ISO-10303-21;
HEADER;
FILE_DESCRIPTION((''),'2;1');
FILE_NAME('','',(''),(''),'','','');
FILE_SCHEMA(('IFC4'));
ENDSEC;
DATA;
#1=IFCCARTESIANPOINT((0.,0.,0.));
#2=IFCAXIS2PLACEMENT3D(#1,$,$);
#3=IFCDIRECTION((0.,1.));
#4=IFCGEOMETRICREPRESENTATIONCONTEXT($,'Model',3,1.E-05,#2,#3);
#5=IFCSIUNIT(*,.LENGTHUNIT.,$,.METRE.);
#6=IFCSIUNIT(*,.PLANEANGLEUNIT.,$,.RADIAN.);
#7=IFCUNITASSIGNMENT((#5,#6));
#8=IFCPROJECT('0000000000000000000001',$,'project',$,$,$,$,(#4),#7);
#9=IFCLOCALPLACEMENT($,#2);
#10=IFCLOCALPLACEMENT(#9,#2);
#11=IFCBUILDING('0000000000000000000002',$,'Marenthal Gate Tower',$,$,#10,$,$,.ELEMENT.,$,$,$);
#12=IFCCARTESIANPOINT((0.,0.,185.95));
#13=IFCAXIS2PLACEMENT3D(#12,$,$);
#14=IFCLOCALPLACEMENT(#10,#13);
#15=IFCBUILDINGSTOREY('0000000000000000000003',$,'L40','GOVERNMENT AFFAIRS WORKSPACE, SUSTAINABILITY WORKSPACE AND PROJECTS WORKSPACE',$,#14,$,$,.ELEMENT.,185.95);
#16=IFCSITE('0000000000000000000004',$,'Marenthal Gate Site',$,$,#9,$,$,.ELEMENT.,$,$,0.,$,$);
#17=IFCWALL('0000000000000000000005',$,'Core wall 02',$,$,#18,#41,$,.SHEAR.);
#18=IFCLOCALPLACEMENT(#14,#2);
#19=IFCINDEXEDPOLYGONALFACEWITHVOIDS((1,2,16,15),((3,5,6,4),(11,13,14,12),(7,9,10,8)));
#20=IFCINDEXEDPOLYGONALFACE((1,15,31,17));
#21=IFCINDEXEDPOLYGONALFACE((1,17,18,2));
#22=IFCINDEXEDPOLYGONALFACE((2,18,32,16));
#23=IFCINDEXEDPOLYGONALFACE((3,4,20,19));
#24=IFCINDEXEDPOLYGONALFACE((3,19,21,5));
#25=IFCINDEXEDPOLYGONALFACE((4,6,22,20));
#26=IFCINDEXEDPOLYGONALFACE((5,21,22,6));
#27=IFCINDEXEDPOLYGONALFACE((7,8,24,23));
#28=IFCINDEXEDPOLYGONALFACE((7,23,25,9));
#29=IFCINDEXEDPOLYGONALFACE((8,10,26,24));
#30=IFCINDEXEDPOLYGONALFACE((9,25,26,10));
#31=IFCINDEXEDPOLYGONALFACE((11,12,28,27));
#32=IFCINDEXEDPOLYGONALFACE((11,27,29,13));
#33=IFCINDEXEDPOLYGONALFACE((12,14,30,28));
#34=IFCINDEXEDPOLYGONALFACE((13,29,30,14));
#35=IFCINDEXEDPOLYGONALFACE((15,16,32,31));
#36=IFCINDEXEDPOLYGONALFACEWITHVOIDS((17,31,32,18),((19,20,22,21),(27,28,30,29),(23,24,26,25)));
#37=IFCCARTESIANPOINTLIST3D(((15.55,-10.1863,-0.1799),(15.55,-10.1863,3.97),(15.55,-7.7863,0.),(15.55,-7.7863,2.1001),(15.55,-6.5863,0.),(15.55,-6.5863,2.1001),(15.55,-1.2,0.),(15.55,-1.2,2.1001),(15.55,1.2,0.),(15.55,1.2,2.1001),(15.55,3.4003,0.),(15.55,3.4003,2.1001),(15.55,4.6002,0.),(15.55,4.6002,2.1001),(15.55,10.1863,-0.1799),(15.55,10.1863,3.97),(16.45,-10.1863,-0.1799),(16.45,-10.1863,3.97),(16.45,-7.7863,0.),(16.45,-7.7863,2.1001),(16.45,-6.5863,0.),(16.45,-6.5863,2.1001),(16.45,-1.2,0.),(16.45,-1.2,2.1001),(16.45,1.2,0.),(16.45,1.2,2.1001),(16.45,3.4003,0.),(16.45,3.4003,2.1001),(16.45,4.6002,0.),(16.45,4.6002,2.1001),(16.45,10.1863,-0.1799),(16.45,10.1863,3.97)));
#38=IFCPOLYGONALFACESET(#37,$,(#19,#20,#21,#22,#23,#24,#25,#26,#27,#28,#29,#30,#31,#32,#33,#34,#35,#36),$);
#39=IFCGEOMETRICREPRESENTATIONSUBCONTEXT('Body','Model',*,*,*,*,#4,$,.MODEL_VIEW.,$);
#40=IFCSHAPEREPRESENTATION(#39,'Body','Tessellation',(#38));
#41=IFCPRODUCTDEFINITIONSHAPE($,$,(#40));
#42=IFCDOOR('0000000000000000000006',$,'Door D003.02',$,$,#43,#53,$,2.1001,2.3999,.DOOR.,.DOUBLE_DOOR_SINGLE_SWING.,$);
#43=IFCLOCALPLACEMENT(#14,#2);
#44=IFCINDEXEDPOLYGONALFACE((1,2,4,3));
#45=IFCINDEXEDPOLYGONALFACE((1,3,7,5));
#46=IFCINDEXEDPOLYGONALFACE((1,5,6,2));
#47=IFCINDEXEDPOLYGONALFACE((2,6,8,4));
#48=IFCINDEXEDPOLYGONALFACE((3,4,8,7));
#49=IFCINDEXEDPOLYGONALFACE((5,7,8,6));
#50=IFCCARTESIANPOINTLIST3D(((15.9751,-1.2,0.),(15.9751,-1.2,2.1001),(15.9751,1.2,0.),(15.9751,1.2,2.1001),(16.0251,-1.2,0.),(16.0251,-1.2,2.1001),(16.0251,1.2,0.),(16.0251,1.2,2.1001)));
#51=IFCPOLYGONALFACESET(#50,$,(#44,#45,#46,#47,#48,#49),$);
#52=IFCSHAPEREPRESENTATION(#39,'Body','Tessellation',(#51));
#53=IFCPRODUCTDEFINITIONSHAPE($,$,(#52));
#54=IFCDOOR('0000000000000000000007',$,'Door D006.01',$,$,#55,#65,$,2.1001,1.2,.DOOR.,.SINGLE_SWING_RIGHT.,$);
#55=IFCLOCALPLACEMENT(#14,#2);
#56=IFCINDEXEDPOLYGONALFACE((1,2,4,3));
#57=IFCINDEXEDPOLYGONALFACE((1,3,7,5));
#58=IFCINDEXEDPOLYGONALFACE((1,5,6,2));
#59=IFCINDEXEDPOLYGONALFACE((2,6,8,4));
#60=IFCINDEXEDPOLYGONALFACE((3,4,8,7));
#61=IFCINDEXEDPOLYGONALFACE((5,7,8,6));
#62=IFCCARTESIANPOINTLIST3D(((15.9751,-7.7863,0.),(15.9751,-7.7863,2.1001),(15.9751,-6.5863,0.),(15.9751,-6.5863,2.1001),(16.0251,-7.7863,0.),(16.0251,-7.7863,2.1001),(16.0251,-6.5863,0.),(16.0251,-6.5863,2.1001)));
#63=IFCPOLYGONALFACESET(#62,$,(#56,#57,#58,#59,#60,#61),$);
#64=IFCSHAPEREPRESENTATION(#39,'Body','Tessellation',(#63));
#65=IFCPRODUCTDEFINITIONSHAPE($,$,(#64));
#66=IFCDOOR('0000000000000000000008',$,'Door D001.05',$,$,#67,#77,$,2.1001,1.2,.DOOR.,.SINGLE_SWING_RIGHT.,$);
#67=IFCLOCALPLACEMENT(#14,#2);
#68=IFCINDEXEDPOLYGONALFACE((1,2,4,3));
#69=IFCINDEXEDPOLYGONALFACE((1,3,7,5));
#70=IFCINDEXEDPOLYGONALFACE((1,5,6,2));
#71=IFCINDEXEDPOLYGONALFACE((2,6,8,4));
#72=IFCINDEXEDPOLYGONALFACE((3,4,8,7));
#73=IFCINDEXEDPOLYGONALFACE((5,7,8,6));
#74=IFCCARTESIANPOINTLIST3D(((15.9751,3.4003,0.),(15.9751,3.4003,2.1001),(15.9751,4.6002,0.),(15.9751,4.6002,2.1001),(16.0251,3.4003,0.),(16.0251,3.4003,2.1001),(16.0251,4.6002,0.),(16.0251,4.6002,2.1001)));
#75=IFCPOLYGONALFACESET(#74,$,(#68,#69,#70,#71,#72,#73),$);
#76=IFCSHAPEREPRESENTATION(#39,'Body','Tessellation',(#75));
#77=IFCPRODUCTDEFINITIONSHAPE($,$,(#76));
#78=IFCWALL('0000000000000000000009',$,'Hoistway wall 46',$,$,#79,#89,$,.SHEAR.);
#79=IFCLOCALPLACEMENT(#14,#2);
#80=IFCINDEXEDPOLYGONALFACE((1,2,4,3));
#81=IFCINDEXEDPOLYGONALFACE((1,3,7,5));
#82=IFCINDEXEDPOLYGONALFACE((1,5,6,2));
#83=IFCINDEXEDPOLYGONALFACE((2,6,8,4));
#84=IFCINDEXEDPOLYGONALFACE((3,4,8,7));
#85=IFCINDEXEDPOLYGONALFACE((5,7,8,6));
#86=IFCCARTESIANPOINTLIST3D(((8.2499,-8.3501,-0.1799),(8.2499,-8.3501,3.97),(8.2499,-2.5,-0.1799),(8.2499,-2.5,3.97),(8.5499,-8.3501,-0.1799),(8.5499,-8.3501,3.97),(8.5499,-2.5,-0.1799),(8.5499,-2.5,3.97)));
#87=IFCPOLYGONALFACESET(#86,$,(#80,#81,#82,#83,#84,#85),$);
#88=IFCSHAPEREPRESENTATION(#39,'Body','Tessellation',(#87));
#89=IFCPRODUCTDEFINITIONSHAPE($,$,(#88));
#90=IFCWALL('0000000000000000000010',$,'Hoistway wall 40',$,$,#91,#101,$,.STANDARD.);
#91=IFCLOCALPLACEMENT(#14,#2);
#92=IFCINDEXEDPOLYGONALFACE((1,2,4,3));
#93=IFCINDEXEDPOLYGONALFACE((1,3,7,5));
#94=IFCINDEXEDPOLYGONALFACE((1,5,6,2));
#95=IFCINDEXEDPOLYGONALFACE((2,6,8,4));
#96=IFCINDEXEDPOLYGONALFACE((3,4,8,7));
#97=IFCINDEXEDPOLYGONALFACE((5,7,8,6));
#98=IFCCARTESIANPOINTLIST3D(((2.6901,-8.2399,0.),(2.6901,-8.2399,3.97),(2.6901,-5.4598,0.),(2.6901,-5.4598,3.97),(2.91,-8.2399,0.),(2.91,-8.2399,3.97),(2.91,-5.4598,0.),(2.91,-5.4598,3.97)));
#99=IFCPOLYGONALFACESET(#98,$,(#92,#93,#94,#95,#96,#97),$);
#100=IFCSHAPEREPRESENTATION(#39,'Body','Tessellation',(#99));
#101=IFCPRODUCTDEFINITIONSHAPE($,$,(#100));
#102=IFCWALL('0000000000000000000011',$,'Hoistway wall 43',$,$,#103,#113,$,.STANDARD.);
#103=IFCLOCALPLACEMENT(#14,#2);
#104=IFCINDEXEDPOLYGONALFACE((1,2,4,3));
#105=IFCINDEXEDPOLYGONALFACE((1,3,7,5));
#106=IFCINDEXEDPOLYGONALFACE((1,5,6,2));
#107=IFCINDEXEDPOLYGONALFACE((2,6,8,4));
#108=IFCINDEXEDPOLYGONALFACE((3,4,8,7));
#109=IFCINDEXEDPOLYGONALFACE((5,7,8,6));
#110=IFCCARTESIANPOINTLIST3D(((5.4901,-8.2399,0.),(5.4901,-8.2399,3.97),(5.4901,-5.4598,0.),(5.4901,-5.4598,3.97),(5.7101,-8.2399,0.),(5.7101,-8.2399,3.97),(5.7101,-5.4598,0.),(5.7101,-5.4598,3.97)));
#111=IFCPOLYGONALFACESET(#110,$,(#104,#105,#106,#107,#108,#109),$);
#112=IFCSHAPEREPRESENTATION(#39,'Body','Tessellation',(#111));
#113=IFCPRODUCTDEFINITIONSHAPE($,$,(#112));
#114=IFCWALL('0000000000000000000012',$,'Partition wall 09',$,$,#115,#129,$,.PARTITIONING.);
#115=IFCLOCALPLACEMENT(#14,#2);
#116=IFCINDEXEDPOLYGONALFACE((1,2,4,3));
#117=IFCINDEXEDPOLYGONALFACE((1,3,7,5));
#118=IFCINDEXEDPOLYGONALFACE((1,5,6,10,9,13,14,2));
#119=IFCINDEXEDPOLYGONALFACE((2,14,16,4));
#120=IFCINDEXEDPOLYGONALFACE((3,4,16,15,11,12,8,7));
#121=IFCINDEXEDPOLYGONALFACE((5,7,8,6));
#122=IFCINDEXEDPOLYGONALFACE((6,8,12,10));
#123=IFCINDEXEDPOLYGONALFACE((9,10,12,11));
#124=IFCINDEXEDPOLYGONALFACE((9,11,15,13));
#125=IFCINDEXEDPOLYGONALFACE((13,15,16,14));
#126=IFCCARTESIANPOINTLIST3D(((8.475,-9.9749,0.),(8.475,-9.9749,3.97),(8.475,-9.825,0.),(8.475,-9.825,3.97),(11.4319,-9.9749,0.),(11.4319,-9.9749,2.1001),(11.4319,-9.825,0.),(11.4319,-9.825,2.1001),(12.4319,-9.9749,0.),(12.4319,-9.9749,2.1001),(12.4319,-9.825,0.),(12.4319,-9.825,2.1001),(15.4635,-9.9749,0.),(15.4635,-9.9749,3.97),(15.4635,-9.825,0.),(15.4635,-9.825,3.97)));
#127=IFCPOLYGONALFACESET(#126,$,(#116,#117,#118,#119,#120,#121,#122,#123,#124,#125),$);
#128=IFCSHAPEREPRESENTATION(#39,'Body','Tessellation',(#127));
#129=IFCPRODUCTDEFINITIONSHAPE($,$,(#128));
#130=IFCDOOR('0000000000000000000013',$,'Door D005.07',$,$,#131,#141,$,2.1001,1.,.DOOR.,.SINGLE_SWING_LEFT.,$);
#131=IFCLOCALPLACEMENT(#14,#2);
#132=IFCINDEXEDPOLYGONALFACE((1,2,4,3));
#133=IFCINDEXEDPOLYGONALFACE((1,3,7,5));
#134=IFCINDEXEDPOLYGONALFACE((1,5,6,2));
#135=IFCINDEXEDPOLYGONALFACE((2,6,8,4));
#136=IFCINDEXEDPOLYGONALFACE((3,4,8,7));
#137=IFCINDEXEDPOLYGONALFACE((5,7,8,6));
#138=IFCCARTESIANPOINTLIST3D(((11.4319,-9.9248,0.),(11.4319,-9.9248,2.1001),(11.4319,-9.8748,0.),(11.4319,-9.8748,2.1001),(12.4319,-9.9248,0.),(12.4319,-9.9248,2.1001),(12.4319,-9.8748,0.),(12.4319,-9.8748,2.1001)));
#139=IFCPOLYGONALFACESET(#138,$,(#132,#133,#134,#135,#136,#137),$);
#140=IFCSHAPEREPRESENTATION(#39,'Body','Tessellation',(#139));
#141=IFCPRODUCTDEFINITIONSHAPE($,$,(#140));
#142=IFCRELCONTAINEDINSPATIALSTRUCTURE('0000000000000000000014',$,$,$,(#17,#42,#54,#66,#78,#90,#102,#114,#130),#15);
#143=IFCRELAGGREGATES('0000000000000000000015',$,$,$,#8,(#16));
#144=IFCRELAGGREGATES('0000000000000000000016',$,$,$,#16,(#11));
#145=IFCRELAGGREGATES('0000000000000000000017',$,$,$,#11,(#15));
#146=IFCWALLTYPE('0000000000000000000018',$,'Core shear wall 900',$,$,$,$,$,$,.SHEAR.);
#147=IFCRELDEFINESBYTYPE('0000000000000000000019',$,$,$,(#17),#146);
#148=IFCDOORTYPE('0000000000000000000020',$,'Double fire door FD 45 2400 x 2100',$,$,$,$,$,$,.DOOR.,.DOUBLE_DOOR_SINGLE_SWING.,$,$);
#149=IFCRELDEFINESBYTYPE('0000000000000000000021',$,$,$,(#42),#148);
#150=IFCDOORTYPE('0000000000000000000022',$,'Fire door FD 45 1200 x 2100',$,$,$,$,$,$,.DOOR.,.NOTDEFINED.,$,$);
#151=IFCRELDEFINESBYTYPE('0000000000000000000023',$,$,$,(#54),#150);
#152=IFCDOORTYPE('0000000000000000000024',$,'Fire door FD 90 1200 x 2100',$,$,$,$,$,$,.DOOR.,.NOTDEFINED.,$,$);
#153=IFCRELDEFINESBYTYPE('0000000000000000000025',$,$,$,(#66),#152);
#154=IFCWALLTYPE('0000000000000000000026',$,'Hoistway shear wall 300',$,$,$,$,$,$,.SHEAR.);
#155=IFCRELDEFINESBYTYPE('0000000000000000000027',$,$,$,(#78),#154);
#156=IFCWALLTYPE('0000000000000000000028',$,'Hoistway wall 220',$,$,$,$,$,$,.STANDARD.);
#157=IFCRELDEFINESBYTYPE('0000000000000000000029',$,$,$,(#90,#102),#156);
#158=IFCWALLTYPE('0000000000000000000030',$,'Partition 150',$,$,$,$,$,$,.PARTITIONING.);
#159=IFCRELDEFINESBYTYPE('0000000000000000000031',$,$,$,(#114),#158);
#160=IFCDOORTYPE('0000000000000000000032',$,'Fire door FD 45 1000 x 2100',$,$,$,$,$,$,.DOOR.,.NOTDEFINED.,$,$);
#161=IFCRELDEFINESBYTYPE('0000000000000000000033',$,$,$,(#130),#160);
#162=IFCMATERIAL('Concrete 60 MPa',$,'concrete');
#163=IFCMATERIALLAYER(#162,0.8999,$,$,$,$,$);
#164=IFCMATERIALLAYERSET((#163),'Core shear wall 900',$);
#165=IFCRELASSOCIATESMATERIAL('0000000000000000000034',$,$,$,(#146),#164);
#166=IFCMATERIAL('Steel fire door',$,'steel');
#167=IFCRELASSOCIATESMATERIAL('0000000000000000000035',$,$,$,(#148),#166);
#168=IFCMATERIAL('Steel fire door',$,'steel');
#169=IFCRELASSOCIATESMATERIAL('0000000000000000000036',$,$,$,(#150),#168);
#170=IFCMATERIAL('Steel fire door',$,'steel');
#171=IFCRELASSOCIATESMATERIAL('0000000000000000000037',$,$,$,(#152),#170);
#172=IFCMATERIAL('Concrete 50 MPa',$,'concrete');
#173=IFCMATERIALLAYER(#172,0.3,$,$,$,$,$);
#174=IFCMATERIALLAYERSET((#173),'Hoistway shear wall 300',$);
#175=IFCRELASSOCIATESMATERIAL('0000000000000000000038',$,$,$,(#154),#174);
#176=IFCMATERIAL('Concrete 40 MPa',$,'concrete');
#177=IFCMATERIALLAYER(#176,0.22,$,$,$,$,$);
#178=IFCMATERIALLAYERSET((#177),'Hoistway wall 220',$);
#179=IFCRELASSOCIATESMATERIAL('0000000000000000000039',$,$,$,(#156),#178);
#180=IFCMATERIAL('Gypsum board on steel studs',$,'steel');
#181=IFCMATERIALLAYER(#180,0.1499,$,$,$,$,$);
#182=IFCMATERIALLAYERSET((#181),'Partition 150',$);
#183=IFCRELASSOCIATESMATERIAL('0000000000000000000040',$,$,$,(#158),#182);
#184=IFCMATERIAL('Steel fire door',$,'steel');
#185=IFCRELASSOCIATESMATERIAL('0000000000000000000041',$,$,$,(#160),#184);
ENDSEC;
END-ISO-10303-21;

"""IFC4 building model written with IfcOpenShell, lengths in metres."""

from ifc_helpers import new_model, si_unit, direction, frame, frame_2d, origin, place, context, subcontext, project, spatial, rectangle, extrude, material, layer, layer_set, type_object, element, fill, save


model = new_model("IFC4")

# Units and contexts
model_context = context("Model", 3, precision=1e-05, world=origin(), true_north=direction((0.0, 1.0)))
body_context = subcontext(model_context, "Body", "Model", "MODEL_VIEW")
ifc_project = project(units=[si_unit("LENGTHUNIT", "METRE"), si_unit("PLANEANGLEUNIT", "RADIAN")], contexts=[model_context])

# Site, building, storey
site_placement = place(None, origin())
site = spatial("IfcSite", under=ifc_project, at=site_placement, Name="Marenthal Gate Site", CompositionType="ELEMENT", RefElevation=0.0)
building_placement = place(site_placement, origin())
building = spatial("IfcBuilding", under=site, at=building_placement, Name="Marenthal Gate Tower", CompositionType="ELEMENT")
storey_placement = place(building_placement, frame((0.0, 0.0, 185.95)))
storey = spatial("IfcBuildingStorey", under=building, at=storey_placement, Name="L40", Description="GOVERNMENT AFFAIRS WORKSPACE, SUSTAINABILITY WORKSPACE AND PROJECTS WORKSPACE", CompositionType="ELEMENT", Elevation=185.95)

# Wall, openings, doors
ifc_material_1 = material(Name="Concrete 60 MPa", Category="concrete")
ifc_layer_1 = layer(ifc_material_1, 0.8999)
ifc_layer_set_1 = layer_set([ifc_layer_1], Name="Core shear wall 900")
wall_type_1 = type_object("IfcWallType", Name="Core shear wall 900", PredefinedType="SHEAR", material=ifc_layer_set_1)
wall_1_placement = place(storey_placement, frame((16.0, -10.1863, -0.1799), z_axis=(0.0, 0.0, 1.0), x_axis=(0.0, 1.0, 0.0)))
wall_1 = element("IfcWall", 1, at=wall_1_placement, inside=storey, type_object=wall_type_1, Name="Core wall 02", PredefinedType="SHEAR", context=body_context, shape_type="SweptSolid", body=[
    extrude(rectangle(XDim=20.3726, YDim=0.8999, at=frame_2d((10.1863, 0.0))), origin(), (0.0, 0.0, 1.0), 4.1499),
])
opening_1_placement = place(wall_1_placement, frame((8.9863, 0.0, 0.1799)))
opening_1 = element("IfcOpeningElement", 2, at=opening_1_placement, cuts=wall_1, PredefinedType="OPENING", context=body_context, shape_type="SweptSolid", body=[
    extrude(rectangle(XDim=2.3999, YDim=2.1001, at=frame_2d((1.2, 1.05))), frame((0.0, 0.46, 0.0), z_axis=(0.0, -1.0, 0.0), x_axis=(1.0, 0.0, 0.0)), (0.0, 0.0, 1.0), 0.9199),
])
opening_2_placement = place(wall_1_placement, frame((13.5864, 0.0, 0.1799)))
opening_2 = element("IfcOpeningElement", 3, at=opening_2_placement, cuts=wall_1, PredefinedType="OPENING", context=body_context, shape_type="SweptSolid", body=[
    extrude(rectangle(XDim=1.2, YDim=2.1001, at=frame_2d((0.6001, 1.05))), frame((0.0, 0.46, 0.0), z_axis=(0.0, -1.0, 0.0), x_axis=(1.0, 0.0, 0.0)), (0.0, 0.0, 1.0), 0.9199),
])
opening_3_placement = place(wall_1_placement, frame((2.3999, 0.0, 0.1799)))
opening_3 = element("IfcOpeningElement", 4, at=opening_3_placement, cuts=wall_1, PredefinedType="OPENING", context=body_context, shape_type="SweptSolid", body=[
    extrude(rectangle(XDim=1.2, YDim=2.1001, at=frame_2d((0.6001, 1.05))), frame((0.0, 0.46, 0.0), z_axis=(0.0, -1.0, 0.0), x_axis=(1.0, 0.0, 0.0)), (0.0, 0.0, 1.0), 0.9199),
])
ifc_material_2 = material(Name="Steel fire door", Category="steel")
door_type_1 = type_object("IfcDoorType", Name="Double fire door FD 45 2400 x 2100", OperationType="DOUBLE_DOOR_SINGLE_SWING", PredefinedType="DOOR", material=ifc_material_2)
door_1_placement = place(opening_1_placement, origin())
door_1 = element("IfcDoor", 5, at=door_1_placement, inside=storey, type_object=door_type_1, Name="Door D003.02", OperationType="DOUBLE_DOOR_SINGLE_SWING", OverallHeight=2.1001, OverallWidth=2.3999, PredefinedType="DOOR", context=body_context, shape_type="SweptSolid", body=[
    extrude(rectangle(XDim=2.3999, YDim=2.1001, at=frame_2d((1.2, 1.05))), frame((0.0, 0.0249, 0.0), z_axis=(0.0, -1.0, 0.0), x_axis=(1.0, 0.0, 0.0)), (0.0, 0.0, 1.0), 0.05),
])
fill(opening_1, door_1)
ifc_material_3 = material(Name="Steel fire door", Category="steel")
door_type_2 = type_object("IfcDoorType", Name="Fire door FD 45 1200 x 2100", OperationType="NOTDEFINED", PredefinedType="DOOR", material=ifc_material_3)
door_2_placement = place(opening_3_placement, origin())
door_2 = element("IfcDoor", 6, at=door_2_placement, inside=storey, type_object=door_type_2, Name="Door D006.01", OperationType="SINGLE_SWING_RIGHT", OverallHeight=2.1001, OverallWidth=1.2, PredefinedType="DOOR", context=body_context, shape_type="SweptSolid", body=[
    extrude(rectangle(XDim=1.2, YDim=2.1001, at=frame_2d((0.6001, 1.05))), frame((0.0, 0.0249, 0.0), z_axis=(0.0, -1.0, 0.0), x_axis=(1.0, 0.0, 0.0)), (0.0, 0.0, 1.0), 0.05),
])
fill(opening_3, door_2)
ifc_material_4 = material(Name="Steel fire door", Category="steel")
door_type_3 = type_object("IfcDoorType", Name="Fire door FD 90 1200 x 2100", OperationType="NOTDEFINED", PredefinedType="DOOR", material=ifc_material_4)
door_3_placement = place(opening_2_placement, origin())
door_3 = element("IfcDoor", 7, at=door_3_placement, inside=storey, type_object=door_type_3, Name="Door D001.05", OperationType="SINGLE_SWING_RIGHT", OverallHeight=2.1001, OverallWidth=1.2, PredefinedType="DOOR", context=body_context, shape_type="SweptSolid", body=[
    extrude(rectangle(XDim=1.2, YDim=2.1001, at=frame_2d((0.6001, 1.05))), frame((0.0, 0.0249, 0.0), z_axis=(0.0, -1.0, 0.0), x_axis=(1.0, 0.0, 0.0)), (0.0, 0.0, 1.0), 0.05),
])
fill(opening_2, door_3)

# Walls
ifc_material_5 = material(Name="Concrete 50 MPa", Category="concrete")
ifc_layer_2 = layer(ifc_material_5, 0.3)
ifc_layer_set_2 = layer_set([ifc_layer_2], Name="Hoistway shear wall 300")
wall_type_2 = type_object("IfcWallType", Name="Hoistway shear wall 300", PredefinedType="SHEAR", material=ifc_layer_set_2)
wall_2_placement = place(storey_placement, frame((8.3999, -8.3501, -0.1799), z_axis=(0.0, 0.0, 1.0), x_axis=(0.0, 1.0, 0.0)))
element("IfcWall", 8, at=wall_2_placement, inside=storey, type_object=wall_type_2, Name="Hoistway wall 46", PredefinedType="SHEAR", context=body_context, shape_type="SweptSolid", body=[
    extrude(rectangle(XDim=5.8501, YDim=0.3, at=frame_2d((2.925, 0.0))), origin(), (0.0, 0.0, 1.0), 4.1499),
])
ifc_material_6 = material(Name="Concrete 40 MPa", Category="concrete")
ifc_layer_3 = layer(ifc_material_6, 0.22)
ifc_layer_set_3 = layer_set([ifc_layer_3], Name="Hoistway wall 220")
wall_type_3 = type_object("IfcWallType", Name="Hoistway wall 220", PredefinedType="STANDARD", material=ifc_layer_set_3)
for number, where, z_axis, x_axis, name in (
    (9, (2.8, -8.24, 0.0), (0.0, 0.0, 1.0), (0.0, 1.0, 0.0), "Hoistway wall 40"),
    (10, (5.6001, -8.24, 0.0), (0.0, 0.0, 1.0), (0.0, 1.0, 0.0), "Hoistway wall 43"),
):
    element("IfcWall", number, at=place(storey_placement, frame(where, z_axis=z_axis, x_axis=x_axis)), inside=storey, type_object=wall_type_3, Name=name, PredefinedType="STANDARD", context=body_context, shape_type="SweptSolid", body=[
        extrude(rectangle(XDim=2.78, YDim=0.22, at=frame_2d((1.3901, 0.0))), origin(), (0.0, 0.0, 1.0), 3.97),
    ])

# Wall, opening, door
ifc_material_7 = material(Name="Gypsum board on steel studs", Category="steel")
ifc_layer_4 = layer(ifc_material_7, 0.1499)
ifc_layer_set_4 = layer_set([ifc_layer_4], Name="Partition 150")
wall_type_4 = type_object("IfcWallType", Name="Partition 150", PredefinedType="PARTITIONING", material=ifc_layer_set_4)
wall_3_placement = place(storey_placement, frame((8.4751, -9.8999, 0.0), z_axis=(0.0, 0.0, 1.0), x_axis=(1.0, 0.0, 0.0)))
wall_3 = element("IfcWall", 11, at=wall_3_placement, inside=storey, type_object=wall_type_4, Name="Partition wall 09", PredefinedType="PARTITIONING", context=body_context, shape_type="SweptSolid", body=[
    extrude(rectangle(XDim=6.9885, YDim=0.1499, at=frame_2d((3.4941, 0.0))), origin(), (0.0, 0.0, 1.0), 3.97),
])
opening_4_placement = place(wall_3_placement, frame((2.9568, 0.0, 0.0)))
opening_4 = element("IfcOpeningElement", 12, at=opening_4_placement, cuts=wall_3, PredefinedType="OPENING", context=body_context, shape_type="SweptSolid", body=[
    extrude(rectangle(XDim=1.0, YDim=2.1001, at=frame_2d((0.5, 1.05))), frame((0.0, 0.085, 0.0), z_axis=(0.0, -1.0, 0.0), x_axis=(1.0, 0.0, 0.0)), (0.0, 0.0, 1.0), 0.1699),
])
ifc_material_8 = material(Name="Steel fire door", Category="steel")
door_type_4 = type_object("IfcDoorType", Name="Fire door FD 45 1000 x 2100", OperationType="NOTDEFINED", PredefinedType="DOOR", material=ifc_material_8)
door_4_placement = place(opening_4_placement, frame((1.0, 0.0, 0.0), z_axis=(0.0, 0.0, 1.0), x_axis=(-1.0, 0.0, 0.0)))
door_4 = element("IfcDoor", 13, at=door_4_placement, inside=storey, type_object=door_type_4, Name="Door D005.07", OperationType="SINGLE_SWING_LEFT", OverallHeight=2.1001, OverallWidth=1.0, PredefinedType="DOOR", context=body_context, shape_type="SweptSolid", body=[
    extrude(rectangle(XDim=1.0, YDim=2.1001, at=frame_2d((0.5, 1.05))), frame((0.0, 0.0249, 0.0), z_axis=(0.0, -1.0, 0.0), x_axis=(1.0, 0.0, 0.0)), (0.0, 0.0, 1.0), 0.05),
])
fill(opening_4, door_4)

save(model, "model.ifc")
